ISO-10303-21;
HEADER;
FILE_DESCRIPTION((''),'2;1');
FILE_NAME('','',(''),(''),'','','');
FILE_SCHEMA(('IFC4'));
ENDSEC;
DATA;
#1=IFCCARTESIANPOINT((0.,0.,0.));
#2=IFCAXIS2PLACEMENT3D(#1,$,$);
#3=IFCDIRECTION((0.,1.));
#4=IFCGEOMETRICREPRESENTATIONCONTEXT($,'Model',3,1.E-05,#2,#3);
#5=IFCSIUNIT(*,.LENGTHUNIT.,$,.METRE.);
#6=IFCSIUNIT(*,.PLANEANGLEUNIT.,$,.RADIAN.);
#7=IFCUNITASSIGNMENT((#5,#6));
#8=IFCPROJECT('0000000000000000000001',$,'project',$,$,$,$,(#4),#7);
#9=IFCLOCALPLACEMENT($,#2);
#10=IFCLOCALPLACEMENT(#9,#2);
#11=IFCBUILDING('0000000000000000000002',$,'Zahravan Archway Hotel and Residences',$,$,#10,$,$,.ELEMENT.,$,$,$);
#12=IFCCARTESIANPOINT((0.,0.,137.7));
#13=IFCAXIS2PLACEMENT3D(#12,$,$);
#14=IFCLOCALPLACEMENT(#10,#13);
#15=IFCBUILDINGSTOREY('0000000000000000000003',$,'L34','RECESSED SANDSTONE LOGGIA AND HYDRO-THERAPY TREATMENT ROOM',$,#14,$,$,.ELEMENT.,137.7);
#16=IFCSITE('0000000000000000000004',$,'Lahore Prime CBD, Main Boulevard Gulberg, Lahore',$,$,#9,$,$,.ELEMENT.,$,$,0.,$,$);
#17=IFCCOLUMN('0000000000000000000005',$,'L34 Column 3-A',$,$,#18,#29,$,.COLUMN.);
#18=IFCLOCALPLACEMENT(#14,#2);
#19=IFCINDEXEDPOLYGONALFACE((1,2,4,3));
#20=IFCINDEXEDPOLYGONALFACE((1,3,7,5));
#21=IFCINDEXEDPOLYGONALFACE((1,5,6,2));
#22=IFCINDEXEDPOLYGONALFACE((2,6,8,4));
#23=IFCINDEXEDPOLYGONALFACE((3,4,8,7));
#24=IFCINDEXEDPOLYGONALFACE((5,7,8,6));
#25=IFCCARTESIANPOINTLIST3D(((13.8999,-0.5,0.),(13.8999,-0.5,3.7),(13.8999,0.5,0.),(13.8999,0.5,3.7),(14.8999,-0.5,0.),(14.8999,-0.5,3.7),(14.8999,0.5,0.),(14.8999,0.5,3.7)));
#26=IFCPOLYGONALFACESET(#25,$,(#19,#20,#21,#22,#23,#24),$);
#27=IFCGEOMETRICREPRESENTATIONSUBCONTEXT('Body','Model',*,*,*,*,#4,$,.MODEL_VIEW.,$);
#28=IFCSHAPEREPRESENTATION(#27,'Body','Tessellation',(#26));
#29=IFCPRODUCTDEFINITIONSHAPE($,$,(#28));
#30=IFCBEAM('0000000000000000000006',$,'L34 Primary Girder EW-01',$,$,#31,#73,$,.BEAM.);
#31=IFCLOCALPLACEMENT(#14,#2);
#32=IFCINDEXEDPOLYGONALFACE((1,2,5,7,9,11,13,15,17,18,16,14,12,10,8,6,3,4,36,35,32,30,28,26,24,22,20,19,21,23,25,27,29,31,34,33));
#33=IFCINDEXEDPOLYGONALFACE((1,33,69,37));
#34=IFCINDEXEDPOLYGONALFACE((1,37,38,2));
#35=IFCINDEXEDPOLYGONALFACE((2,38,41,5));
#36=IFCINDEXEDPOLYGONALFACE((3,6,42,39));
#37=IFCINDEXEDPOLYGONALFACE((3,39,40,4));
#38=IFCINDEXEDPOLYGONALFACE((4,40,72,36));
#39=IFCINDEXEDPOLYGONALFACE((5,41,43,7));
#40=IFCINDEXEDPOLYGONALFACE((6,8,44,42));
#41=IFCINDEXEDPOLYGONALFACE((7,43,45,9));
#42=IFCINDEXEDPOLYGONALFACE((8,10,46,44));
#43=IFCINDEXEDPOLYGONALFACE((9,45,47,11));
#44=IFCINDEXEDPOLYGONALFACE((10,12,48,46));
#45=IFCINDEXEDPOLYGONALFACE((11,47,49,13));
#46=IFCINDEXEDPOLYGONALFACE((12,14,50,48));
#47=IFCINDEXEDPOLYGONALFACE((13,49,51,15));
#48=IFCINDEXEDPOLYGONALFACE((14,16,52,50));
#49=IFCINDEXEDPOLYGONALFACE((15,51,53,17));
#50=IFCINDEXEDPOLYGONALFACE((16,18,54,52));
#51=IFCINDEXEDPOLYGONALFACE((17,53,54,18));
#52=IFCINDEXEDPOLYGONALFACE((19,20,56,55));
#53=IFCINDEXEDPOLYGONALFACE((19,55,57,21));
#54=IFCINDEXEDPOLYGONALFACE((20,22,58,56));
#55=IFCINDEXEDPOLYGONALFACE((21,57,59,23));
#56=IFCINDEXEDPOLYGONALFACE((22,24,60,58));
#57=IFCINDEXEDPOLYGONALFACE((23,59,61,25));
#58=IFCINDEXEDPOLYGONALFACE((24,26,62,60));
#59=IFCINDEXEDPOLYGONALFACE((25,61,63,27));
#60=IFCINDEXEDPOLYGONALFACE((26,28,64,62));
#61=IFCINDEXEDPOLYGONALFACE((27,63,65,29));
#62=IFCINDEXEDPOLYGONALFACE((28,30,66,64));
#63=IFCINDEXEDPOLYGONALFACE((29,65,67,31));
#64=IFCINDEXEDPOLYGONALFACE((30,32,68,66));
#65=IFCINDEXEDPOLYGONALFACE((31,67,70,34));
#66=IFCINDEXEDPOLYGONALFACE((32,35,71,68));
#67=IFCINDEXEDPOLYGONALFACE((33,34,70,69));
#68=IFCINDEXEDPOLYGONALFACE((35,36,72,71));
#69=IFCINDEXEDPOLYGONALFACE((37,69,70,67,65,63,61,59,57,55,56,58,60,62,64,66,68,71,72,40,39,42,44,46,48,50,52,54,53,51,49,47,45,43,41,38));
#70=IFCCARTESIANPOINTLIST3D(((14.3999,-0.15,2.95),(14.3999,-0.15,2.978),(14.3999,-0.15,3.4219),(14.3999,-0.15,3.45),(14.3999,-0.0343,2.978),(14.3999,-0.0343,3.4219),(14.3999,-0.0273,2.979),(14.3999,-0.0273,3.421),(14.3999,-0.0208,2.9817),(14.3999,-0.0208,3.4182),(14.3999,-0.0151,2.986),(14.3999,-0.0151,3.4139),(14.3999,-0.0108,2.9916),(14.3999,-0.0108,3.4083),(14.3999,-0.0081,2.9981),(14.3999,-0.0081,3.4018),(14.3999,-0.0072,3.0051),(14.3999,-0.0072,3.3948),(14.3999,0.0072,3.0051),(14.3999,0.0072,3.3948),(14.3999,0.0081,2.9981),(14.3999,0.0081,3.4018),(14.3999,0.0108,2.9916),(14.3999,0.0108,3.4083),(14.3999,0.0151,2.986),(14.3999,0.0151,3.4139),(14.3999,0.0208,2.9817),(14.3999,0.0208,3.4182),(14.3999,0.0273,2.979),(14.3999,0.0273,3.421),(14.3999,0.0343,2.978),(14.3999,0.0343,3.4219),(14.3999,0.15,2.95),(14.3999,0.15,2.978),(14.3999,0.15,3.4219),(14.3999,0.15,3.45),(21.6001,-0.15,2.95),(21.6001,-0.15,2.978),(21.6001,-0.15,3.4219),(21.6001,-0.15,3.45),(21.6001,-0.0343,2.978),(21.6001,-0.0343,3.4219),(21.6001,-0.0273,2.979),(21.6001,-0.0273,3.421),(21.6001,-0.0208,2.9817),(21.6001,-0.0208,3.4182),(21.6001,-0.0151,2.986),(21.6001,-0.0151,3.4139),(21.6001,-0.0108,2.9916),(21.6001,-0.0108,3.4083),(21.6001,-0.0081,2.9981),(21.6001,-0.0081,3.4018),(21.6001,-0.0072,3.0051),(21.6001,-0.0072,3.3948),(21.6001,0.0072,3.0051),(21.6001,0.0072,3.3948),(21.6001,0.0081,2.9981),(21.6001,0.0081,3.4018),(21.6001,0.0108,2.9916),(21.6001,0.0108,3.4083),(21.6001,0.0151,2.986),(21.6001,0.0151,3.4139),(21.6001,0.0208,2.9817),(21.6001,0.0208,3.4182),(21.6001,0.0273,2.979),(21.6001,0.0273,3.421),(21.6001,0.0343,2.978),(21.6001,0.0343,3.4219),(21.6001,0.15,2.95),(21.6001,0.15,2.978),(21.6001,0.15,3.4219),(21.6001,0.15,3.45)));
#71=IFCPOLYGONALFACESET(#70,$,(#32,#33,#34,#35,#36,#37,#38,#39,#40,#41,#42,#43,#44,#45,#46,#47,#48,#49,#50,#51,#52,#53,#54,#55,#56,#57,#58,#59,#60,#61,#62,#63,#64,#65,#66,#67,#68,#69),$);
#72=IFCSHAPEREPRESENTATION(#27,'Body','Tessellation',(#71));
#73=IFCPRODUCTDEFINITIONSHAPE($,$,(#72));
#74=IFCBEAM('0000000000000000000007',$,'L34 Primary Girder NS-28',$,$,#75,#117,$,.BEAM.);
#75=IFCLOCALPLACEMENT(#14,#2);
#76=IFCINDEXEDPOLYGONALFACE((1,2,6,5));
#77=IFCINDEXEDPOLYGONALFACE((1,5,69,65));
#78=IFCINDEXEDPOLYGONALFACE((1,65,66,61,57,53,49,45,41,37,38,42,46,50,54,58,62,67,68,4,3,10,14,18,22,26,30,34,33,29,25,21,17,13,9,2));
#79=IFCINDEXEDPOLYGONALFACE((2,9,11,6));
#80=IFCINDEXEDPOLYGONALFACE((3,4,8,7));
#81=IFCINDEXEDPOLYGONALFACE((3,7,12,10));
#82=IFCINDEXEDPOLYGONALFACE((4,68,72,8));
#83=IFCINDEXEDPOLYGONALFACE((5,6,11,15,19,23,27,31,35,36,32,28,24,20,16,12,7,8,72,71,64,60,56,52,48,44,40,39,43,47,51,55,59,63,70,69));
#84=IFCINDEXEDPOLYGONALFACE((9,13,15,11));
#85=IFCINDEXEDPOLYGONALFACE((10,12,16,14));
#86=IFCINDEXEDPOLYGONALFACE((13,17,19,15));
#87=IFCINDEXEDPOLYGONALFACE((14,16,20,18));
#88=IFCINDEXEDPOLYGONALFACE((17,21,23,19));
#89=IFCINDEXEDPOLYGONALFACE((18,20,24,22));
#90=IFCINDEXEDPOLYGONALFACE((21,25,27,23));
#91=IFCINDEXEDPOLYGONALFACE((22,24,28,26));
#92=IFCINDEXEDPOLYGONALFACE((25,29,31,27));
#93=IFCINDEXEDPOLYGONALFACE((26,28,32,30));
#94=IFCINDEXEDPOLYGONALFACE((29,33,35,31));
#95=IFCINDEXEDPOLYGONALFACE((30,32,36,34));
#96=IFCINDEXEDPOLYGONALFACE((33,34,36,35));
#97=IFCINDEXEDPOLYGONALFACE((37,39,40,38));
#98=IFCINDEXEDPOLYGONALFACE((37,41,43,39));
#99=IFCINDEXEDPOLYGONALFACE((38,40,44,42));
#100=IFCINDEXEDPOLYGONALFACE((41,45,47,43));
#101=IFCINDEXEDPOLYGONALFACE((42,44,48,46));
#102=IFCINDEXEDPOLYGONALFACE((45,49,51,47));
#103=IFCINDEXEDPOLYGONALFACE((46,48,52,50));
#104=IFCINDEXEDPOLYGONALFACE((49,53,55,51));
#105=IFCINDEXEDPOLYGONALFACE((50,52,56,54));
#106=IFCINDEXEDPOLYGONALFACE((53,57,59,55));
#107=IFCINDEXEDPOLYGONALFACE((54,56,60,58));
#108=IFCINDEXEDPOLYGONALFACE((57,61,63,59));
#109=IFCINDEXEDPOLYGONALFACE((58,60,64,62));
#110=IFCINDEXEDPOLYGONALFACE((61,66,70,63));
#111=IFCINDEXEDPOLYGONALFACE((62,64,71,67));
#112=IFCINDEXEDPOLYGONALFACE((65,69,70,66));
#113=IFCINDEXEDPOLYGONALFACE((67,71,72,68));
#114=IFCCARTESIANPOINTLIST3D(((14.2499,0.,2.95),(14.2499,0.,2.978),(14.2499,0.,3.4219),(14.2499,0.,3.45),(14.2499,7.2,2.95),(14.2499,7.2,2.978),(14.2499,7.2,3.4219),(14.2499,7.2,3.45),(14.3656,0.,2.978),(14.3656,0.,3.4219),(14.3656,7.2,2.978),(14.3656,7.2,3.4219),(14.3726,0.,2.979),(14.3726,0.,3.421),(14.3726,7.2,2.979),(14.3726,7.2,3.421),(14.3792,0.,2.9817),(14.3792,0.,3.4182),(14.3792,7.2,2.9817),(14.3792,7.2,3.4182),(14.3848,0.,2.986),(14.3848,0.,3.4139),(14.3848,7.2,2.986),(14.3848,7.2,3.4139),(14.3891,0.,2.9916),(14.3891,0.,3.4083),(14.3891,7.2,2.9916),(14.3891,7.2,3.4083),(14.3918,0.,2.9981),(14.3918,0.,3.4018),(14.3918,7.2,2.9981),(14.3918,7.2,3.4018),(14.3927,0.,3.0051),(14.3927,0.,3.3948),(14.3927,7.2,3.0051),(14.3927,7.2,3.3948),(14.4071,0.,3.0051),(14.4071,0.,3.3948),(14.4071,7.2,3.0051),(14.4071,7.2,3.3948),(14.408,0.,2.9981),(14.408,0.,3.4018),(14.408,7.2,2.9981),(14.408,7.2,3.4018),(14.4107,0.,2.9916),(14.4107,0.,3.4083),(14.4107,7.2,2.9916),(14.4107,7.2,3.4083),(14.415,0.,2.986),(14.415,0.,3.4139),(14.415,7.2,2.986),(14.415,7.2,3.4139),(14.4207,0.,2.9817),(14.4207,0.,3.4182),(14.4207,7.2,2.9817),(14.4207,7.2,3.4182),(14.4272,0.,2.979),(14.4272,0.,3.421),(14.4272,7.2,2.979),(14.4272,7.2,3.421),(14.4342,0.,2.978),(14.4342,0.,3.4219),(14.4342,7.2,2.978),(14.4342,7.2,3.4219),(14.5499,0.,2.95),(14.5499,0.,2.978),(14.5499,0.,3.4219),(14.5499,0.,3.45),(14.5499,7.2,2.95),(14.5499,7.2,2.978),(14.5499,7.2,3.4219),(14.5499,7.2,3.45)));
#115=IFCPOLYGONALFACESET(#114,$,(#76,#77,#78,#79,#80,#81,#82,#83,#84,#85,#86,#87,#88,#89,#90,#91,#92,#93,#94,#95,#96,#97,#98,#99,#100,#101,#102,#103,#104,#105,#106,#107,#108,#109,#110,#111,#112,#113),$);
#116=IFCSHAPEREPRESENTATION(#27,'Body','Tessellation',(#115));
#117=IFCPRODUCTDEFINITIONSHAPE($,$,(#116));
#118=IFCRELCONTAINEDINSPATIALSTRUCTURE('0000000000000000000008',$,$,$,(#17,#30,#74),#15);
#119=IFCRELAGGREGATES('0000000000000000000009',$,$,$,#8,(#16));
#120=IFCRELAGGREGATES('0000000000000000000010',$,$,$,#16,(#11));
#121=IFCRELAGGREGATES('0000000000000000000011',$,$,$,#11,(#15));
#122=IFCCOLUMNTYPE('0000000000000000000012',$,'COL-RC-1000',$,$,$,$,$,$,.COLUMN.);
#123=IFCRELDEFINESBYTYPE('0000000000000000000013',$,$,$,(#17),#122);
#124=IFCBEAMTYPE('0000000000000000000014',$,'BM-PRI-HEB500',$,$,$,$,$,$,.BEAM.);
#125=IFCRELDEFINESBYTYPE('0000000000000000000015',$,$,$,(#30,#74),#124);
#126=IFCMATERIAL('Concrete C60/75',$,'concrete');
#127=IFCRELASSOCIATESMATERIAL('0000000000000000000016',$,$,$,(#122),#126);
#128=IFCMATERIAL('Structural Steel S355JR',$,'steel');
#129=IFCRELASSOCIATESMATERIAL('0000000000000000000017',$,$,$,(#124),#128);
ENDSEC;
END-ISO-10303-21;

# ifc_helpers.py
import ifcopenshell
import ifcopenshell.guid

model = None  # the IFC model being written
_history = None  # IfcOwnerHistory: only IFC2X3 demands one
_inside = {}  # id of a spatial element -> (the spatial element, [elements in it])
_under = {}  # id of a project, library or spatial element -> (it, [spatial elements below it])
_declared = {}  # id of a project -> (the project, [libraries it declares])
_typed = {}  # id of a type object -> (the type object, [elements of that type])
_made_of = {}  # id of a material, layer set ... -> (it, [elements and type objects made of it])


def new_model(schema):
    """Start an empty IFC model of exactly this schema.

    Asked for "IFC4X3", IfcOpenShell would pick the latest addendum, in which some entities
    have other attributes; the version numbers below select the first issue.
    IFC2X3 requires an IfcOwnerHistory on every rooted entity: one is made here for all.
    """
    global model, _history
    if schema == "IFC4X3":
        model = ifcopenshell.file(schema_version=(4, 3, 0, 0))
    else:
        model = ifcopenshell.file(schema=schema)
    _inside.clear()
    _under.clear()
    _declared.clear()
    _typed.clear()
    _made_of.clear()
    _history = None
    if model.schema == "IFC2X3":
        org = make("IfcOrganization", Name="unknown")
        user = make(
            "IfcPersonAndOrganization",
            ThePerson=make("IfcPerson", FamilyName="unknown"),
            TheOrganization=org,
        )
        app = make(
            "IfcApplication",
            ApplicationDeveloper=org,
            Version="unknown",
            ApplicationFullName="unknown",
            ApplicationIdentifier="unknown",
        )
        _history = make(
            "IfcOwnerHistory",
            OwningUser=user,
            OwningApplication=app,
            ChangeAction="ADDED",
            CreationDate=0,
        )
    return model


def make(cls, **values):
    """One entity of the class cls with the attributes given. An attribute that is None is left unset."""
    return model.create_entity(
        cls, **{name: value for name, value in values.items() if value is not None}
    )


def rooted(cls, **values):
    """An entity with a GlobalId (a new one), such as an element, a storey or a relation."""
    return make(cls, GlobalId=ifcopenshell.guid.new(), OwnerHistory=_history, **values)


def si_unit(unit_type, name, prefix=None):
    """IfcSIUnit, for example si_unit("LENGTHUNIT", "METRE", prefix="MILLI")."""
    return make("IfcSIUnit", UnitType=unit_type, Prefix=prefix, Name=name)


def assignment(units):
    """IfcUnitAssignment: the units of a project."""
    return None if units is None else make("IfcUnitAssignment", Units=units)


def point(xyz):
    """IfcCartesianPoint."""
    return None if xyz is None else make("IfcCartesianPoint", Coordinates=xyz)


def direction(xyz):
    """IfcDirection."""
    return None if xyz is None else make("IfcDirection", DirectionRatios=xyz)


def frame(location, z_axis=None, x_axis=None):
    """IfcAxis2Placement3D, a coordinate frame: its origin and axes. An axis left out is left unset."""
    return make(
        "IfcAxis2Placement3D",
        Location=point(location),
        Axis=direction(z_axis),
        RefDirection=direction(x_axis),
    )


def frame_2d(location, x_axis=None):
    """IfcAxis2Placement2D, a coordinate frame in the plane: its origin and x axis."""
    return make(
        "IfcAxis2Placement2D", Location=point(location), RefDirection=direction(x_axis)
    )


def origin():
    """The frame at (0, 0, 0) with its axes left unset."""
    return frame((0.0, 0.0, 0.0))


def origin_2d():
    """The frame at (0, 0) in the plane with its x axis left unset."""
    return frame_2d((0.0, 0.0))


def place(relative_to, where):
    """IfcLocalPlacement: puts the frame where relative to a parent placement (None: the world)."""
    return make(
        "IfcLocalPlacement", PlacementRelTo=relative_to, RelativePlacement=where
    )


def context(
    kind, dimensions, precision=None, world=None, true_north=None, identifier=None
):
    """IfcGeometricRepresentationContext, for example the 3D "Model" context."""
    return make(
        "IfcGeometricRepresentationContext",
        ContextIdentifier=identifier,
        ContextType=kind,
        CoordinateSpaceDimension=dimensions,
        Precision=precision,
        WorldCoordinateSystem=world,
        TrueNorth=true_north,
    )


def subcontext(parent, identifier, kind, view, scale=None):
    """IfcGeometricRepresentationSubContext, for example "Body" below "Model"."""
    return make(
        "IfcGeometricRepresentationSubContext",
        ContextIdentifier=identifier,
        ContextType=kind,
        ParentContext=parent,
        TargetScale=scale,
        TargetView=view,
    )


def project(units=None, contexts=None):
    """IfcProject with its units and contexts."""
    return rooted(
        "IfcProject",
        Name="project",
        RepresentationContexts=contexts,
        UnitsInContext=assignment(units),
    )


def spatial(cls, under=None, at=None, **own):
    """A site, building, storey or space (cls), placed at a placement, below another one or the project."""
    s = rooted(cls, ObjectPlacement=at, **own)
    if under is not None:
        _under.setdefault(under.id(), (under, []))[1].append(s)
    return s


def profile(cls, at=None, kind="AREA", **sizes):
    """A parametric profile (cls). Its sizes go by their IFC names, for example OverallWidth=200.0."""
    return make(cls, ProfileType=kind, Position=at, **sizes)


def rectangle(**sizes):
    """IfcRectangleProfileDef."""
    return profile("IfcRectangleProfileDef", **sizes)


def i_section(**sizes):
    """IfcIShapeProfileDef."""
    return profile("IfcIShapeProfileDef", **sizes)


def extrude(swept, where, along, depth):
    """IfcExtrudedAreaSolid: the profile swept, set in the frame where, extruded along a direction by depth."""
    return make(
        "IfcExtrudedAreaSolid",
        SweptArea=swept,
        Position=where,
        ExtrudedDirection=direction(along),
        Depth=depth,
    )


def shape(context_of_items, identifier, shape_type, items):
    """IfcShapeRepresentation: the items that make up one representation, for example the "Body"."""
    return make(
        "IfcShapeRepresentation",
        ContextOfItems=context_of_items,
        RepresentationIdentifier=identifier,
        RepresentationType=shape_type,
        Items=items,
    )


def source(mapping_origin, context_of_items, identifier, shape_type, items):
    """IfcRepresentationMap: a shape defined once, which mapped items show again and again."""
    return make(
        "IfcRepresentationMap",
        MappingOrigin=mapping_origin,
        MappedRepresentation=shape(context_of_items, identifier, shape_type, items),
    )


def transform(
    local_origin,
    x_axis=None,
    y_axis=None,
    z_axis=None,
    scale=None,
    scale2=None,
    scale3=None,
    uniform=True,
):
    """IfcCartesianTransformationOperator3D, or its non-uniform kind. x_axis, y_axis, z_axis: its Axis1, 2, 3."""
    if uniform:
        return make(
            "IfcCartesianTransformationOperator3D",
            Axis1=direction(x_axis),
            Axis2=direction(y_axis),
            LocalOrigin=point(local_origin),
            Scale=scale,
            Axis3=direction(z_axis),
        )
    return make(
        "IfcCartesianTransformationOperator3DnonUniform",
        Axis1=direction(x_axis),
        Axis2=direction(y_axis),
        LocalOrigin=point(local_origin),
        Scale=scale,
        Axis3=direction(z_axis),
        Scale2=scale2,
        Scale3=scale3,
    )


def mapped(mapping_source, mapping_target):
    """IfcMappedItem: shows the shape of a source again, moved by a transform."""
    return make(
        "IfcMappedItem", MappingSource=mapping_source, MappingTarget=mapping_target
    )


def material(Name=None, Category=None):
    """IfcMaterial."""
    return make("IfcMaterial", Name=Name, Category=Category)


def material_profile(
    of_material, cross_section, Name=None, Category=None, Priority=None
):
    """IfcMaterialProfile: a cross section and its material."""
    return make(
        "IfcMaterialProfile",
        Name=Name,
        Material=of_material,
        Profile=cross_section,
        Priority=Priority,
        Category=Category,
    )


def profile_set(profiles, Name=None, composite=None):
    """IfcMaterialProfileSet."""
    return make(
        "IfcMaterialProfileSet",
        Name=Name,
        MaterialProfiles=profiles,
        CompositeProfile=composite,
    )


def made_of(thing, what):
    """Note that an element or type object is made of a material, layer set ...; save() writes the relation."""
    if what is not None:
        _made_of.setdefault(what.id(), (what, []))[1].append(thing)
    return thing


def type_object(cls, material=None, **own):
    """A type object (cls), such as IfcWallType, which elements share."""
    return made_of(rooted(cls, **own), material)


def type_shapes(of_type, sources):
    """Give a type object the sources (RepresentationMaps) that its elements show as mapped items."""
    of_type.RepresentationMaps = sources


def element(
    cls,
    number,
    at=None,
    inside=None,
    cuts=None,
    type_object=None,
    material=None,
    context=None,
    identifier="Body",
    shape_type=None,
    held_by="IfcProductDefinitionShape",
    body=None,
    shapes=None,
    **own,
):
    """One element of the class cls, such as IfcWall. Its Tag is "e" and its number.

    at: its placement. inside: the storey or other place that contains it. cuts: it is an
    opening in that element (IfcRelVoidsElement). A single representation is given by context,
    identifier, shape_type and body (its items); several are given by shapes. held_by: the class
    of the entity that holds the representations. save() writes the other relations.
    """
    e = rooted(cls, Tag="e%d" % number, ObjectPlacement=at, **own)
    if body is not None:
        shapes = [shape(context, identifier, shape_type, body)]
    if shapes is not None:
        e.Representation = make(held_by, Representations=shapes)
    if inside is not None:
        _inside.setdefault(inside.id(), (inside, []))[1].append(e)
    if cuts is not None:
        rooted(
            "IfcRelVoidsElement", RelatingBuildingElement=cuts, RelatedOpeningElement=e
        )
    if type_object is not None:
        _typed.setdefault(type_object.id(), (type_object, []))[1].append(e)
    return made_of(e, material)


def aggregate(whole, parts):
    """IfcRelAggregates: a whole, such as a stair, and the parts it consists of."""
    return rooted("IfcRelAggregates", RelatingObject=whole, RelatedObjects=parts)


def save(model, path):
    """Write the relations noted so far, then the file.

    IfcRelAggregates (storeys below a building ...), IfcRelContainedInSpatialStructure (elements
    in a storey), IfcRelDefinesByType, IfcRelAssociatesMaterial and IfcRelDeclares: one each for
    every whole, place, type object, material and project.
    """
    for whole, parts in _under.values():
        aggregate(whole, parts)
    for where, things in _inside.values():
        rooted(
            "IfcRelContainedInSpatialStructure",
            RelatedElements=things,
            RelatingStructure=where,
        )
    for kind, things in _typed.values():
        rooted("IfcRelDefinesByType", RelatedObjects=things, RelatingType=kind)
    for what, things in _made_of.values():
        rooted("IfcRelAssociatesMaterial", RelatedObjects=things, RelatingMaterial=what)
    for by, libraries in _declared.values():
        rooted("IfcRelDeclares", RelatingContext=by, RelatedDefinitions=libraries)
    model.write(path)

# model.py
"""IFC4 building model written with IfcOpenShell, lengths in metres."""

from ifc_helpers import new_model, si_unit, direction, frame, origin, origin_2d, place, context, subcontext, project, spatial, rectangle, i_section, extrude, source, transform, mapped, material, material_profile, profile_set, type_object, type_shapes, element, save


model = new_model("IFC4")

# Units and contexts
model_context = context("Model", 3, precision=1e-05, world=origin(), true_north=direction((0.0, 1.0)))
body_context = subcontext(model_context, "Body", "Model", "MODEL_VIEW")
ifc_project = project(units=[si_unit("LENGTHUNIT", "METRE"), si_unit("PLANEANGLEUNIT", "RADIAN")], contexts=[model_context])

# Site, building, storey
site_placement = place(None, origin())
site = spatial("IfcSite", under=ifc_project, at=site_placement, Name="Lahore Prime CBD, Main Boulevard Gulberg, Lahore", CompositionType="ELEMENT", RefElevation=0.0)
building_placement = place(site_placement, origin())
building = spatial("IfcBuilding", under=site, at=building_placement, Name="Zahravan Archway Hotel and Residences", CompositionType="ELEMENT")
storey_placement = place(building_placement, frame((0.0, 0.0, 137.7)))
storey = spatial("IfcBuildingStorey", under=building, at=storey_placement, Name="L34", Description="RECESSED SANDSTONE LOGGIA AND HYDRO-THERAPY TREATMENT ROOM", CompositionType="ELEMENT", Elevation=137.7)

# Column
ifc_material_1 = material(Name="Concrete C60/75", Category="concrete")
ifc_material_profile_1 = material_profile(ifc_material_1, rectangle(XDim=1.0, YDim=1.0, at=origin_2d()), Name="RC-COL-1000x1000", Category="concrete")
ifc_profile_set_1 = profile_set([ifc_material_profile_1], Name="Concrete C60/75")
column_type = type_object("IfcColumnType", Name="COL-RC-1000", PredefinedType="COLUMN", material=ifc_profile_set_1)
shared_shape_1 = source(origin(), body_context, "Body", "SweptSolid", [
    extrude(rectangle(XDim=1.0, YDim=1.0, at=origin_2d()), origin(), (0.0, 0.0, 1.0), 3.7),
])
type_shapes(column_type, [shared_shape_1])
column_placement = place(storey_placement, frame((14.3999, 0.0, 0.0), z_axis=(0.0, 0.0, 1.0), x_axis=(1.0, 0.0, 0.0)))
element("IfcColumn", 1, at=column_placement, inside=storey, type_object=column_type, Name="L34 Column 3-A", PredefinedType="COLUMN", context=body_context, shape_type="MappedRepresentation", body=[
    mapped(shared_shape_1, transform((0.0, 0.0, 0.0), scale=1.0)),
])

# Beams
ifc_material_2 = material(Name="Structural Steel S355JR", Category="steel")
ifc_material_profile_2 = material_profile(ifc_material_2, i_section(OverallWidth=0.3, OverallDepth=0.5, WebThickness=0.0144, FlangeThickness=0.0281, FilletRadius=0.0271, at=origin_2d()), Name="HEB 500", Category="steel")
ifc_profile_set_2 = profile_set([ifc_material_profile_2], Name="Structural Steel S355JR")
beam_type = type_object("IfcBeamType", Name="BM-PRI-HEB500", PredefinedType="BEAM", material=ifc_profile_set_2)
shared_shape_2 = source(origin(), body_context, "Body", "SweptSolid", [
    extrude(i_section(OverallWidth=0.3, OverallDepth=0.5, WebThickness=0.0144, FlangeThickness=0.0281, FilletRadius=0.0271, at=origin_2d()), origin(), (0.0, 0.0, 1.0), 7.2002),
])
type_shapes(beam_type, [shared_shape_2])
beam_1_placement = place(storey_placement, frame((14.3999, 0.0, 3.2), z_axis=(1.0, 0.0, 0.0), x_axis=(0.0, 1.0, 0.0)))
element("IfcBeam", 2, at=beam_1_placement, inside=storey, type_object=beam_type, Name="L34 Primary Girder EW-01", PredefinedType="BEAM", context=body_context, shape_type="MappedRepresentation", body=[
    mapped(shared_shape_2, transform((0.0, 0.0, 0.0), scale=1.0)),
])
shared_shape_3 = source(origin(), body_context, "Body", "SweptSolid", [
    extrude(i_section(OverallWidth=0.3, OverallDepth=0.5, WebThickness=0.0144, FlangeThickness=0.0281, FilletRadius=0.0271, at=origin_2d()), origin(), (0.0, 0.0, 1.0), 7.2),
])
beam_2_placement = place(storey_placement, frame((14.3999, 0.0, 3.2), z_axis=(0.0, 1.0, 0.0), x_axis=(-1.0, 0.0, 0.0)))
element("IfcBeam", 3, at=beam_2_placement, inside=storey, type_object=beam_type, Name="L34 Primary Girder NS-28", PredefinedType="BEAM", context=body_context, shape_type="MappedRepresentation", body=[
    mapped(shared_shape_3, transform((0.0, 0.0, 0.0), scale=1.0)),
])

save(model, "model.ifc")
